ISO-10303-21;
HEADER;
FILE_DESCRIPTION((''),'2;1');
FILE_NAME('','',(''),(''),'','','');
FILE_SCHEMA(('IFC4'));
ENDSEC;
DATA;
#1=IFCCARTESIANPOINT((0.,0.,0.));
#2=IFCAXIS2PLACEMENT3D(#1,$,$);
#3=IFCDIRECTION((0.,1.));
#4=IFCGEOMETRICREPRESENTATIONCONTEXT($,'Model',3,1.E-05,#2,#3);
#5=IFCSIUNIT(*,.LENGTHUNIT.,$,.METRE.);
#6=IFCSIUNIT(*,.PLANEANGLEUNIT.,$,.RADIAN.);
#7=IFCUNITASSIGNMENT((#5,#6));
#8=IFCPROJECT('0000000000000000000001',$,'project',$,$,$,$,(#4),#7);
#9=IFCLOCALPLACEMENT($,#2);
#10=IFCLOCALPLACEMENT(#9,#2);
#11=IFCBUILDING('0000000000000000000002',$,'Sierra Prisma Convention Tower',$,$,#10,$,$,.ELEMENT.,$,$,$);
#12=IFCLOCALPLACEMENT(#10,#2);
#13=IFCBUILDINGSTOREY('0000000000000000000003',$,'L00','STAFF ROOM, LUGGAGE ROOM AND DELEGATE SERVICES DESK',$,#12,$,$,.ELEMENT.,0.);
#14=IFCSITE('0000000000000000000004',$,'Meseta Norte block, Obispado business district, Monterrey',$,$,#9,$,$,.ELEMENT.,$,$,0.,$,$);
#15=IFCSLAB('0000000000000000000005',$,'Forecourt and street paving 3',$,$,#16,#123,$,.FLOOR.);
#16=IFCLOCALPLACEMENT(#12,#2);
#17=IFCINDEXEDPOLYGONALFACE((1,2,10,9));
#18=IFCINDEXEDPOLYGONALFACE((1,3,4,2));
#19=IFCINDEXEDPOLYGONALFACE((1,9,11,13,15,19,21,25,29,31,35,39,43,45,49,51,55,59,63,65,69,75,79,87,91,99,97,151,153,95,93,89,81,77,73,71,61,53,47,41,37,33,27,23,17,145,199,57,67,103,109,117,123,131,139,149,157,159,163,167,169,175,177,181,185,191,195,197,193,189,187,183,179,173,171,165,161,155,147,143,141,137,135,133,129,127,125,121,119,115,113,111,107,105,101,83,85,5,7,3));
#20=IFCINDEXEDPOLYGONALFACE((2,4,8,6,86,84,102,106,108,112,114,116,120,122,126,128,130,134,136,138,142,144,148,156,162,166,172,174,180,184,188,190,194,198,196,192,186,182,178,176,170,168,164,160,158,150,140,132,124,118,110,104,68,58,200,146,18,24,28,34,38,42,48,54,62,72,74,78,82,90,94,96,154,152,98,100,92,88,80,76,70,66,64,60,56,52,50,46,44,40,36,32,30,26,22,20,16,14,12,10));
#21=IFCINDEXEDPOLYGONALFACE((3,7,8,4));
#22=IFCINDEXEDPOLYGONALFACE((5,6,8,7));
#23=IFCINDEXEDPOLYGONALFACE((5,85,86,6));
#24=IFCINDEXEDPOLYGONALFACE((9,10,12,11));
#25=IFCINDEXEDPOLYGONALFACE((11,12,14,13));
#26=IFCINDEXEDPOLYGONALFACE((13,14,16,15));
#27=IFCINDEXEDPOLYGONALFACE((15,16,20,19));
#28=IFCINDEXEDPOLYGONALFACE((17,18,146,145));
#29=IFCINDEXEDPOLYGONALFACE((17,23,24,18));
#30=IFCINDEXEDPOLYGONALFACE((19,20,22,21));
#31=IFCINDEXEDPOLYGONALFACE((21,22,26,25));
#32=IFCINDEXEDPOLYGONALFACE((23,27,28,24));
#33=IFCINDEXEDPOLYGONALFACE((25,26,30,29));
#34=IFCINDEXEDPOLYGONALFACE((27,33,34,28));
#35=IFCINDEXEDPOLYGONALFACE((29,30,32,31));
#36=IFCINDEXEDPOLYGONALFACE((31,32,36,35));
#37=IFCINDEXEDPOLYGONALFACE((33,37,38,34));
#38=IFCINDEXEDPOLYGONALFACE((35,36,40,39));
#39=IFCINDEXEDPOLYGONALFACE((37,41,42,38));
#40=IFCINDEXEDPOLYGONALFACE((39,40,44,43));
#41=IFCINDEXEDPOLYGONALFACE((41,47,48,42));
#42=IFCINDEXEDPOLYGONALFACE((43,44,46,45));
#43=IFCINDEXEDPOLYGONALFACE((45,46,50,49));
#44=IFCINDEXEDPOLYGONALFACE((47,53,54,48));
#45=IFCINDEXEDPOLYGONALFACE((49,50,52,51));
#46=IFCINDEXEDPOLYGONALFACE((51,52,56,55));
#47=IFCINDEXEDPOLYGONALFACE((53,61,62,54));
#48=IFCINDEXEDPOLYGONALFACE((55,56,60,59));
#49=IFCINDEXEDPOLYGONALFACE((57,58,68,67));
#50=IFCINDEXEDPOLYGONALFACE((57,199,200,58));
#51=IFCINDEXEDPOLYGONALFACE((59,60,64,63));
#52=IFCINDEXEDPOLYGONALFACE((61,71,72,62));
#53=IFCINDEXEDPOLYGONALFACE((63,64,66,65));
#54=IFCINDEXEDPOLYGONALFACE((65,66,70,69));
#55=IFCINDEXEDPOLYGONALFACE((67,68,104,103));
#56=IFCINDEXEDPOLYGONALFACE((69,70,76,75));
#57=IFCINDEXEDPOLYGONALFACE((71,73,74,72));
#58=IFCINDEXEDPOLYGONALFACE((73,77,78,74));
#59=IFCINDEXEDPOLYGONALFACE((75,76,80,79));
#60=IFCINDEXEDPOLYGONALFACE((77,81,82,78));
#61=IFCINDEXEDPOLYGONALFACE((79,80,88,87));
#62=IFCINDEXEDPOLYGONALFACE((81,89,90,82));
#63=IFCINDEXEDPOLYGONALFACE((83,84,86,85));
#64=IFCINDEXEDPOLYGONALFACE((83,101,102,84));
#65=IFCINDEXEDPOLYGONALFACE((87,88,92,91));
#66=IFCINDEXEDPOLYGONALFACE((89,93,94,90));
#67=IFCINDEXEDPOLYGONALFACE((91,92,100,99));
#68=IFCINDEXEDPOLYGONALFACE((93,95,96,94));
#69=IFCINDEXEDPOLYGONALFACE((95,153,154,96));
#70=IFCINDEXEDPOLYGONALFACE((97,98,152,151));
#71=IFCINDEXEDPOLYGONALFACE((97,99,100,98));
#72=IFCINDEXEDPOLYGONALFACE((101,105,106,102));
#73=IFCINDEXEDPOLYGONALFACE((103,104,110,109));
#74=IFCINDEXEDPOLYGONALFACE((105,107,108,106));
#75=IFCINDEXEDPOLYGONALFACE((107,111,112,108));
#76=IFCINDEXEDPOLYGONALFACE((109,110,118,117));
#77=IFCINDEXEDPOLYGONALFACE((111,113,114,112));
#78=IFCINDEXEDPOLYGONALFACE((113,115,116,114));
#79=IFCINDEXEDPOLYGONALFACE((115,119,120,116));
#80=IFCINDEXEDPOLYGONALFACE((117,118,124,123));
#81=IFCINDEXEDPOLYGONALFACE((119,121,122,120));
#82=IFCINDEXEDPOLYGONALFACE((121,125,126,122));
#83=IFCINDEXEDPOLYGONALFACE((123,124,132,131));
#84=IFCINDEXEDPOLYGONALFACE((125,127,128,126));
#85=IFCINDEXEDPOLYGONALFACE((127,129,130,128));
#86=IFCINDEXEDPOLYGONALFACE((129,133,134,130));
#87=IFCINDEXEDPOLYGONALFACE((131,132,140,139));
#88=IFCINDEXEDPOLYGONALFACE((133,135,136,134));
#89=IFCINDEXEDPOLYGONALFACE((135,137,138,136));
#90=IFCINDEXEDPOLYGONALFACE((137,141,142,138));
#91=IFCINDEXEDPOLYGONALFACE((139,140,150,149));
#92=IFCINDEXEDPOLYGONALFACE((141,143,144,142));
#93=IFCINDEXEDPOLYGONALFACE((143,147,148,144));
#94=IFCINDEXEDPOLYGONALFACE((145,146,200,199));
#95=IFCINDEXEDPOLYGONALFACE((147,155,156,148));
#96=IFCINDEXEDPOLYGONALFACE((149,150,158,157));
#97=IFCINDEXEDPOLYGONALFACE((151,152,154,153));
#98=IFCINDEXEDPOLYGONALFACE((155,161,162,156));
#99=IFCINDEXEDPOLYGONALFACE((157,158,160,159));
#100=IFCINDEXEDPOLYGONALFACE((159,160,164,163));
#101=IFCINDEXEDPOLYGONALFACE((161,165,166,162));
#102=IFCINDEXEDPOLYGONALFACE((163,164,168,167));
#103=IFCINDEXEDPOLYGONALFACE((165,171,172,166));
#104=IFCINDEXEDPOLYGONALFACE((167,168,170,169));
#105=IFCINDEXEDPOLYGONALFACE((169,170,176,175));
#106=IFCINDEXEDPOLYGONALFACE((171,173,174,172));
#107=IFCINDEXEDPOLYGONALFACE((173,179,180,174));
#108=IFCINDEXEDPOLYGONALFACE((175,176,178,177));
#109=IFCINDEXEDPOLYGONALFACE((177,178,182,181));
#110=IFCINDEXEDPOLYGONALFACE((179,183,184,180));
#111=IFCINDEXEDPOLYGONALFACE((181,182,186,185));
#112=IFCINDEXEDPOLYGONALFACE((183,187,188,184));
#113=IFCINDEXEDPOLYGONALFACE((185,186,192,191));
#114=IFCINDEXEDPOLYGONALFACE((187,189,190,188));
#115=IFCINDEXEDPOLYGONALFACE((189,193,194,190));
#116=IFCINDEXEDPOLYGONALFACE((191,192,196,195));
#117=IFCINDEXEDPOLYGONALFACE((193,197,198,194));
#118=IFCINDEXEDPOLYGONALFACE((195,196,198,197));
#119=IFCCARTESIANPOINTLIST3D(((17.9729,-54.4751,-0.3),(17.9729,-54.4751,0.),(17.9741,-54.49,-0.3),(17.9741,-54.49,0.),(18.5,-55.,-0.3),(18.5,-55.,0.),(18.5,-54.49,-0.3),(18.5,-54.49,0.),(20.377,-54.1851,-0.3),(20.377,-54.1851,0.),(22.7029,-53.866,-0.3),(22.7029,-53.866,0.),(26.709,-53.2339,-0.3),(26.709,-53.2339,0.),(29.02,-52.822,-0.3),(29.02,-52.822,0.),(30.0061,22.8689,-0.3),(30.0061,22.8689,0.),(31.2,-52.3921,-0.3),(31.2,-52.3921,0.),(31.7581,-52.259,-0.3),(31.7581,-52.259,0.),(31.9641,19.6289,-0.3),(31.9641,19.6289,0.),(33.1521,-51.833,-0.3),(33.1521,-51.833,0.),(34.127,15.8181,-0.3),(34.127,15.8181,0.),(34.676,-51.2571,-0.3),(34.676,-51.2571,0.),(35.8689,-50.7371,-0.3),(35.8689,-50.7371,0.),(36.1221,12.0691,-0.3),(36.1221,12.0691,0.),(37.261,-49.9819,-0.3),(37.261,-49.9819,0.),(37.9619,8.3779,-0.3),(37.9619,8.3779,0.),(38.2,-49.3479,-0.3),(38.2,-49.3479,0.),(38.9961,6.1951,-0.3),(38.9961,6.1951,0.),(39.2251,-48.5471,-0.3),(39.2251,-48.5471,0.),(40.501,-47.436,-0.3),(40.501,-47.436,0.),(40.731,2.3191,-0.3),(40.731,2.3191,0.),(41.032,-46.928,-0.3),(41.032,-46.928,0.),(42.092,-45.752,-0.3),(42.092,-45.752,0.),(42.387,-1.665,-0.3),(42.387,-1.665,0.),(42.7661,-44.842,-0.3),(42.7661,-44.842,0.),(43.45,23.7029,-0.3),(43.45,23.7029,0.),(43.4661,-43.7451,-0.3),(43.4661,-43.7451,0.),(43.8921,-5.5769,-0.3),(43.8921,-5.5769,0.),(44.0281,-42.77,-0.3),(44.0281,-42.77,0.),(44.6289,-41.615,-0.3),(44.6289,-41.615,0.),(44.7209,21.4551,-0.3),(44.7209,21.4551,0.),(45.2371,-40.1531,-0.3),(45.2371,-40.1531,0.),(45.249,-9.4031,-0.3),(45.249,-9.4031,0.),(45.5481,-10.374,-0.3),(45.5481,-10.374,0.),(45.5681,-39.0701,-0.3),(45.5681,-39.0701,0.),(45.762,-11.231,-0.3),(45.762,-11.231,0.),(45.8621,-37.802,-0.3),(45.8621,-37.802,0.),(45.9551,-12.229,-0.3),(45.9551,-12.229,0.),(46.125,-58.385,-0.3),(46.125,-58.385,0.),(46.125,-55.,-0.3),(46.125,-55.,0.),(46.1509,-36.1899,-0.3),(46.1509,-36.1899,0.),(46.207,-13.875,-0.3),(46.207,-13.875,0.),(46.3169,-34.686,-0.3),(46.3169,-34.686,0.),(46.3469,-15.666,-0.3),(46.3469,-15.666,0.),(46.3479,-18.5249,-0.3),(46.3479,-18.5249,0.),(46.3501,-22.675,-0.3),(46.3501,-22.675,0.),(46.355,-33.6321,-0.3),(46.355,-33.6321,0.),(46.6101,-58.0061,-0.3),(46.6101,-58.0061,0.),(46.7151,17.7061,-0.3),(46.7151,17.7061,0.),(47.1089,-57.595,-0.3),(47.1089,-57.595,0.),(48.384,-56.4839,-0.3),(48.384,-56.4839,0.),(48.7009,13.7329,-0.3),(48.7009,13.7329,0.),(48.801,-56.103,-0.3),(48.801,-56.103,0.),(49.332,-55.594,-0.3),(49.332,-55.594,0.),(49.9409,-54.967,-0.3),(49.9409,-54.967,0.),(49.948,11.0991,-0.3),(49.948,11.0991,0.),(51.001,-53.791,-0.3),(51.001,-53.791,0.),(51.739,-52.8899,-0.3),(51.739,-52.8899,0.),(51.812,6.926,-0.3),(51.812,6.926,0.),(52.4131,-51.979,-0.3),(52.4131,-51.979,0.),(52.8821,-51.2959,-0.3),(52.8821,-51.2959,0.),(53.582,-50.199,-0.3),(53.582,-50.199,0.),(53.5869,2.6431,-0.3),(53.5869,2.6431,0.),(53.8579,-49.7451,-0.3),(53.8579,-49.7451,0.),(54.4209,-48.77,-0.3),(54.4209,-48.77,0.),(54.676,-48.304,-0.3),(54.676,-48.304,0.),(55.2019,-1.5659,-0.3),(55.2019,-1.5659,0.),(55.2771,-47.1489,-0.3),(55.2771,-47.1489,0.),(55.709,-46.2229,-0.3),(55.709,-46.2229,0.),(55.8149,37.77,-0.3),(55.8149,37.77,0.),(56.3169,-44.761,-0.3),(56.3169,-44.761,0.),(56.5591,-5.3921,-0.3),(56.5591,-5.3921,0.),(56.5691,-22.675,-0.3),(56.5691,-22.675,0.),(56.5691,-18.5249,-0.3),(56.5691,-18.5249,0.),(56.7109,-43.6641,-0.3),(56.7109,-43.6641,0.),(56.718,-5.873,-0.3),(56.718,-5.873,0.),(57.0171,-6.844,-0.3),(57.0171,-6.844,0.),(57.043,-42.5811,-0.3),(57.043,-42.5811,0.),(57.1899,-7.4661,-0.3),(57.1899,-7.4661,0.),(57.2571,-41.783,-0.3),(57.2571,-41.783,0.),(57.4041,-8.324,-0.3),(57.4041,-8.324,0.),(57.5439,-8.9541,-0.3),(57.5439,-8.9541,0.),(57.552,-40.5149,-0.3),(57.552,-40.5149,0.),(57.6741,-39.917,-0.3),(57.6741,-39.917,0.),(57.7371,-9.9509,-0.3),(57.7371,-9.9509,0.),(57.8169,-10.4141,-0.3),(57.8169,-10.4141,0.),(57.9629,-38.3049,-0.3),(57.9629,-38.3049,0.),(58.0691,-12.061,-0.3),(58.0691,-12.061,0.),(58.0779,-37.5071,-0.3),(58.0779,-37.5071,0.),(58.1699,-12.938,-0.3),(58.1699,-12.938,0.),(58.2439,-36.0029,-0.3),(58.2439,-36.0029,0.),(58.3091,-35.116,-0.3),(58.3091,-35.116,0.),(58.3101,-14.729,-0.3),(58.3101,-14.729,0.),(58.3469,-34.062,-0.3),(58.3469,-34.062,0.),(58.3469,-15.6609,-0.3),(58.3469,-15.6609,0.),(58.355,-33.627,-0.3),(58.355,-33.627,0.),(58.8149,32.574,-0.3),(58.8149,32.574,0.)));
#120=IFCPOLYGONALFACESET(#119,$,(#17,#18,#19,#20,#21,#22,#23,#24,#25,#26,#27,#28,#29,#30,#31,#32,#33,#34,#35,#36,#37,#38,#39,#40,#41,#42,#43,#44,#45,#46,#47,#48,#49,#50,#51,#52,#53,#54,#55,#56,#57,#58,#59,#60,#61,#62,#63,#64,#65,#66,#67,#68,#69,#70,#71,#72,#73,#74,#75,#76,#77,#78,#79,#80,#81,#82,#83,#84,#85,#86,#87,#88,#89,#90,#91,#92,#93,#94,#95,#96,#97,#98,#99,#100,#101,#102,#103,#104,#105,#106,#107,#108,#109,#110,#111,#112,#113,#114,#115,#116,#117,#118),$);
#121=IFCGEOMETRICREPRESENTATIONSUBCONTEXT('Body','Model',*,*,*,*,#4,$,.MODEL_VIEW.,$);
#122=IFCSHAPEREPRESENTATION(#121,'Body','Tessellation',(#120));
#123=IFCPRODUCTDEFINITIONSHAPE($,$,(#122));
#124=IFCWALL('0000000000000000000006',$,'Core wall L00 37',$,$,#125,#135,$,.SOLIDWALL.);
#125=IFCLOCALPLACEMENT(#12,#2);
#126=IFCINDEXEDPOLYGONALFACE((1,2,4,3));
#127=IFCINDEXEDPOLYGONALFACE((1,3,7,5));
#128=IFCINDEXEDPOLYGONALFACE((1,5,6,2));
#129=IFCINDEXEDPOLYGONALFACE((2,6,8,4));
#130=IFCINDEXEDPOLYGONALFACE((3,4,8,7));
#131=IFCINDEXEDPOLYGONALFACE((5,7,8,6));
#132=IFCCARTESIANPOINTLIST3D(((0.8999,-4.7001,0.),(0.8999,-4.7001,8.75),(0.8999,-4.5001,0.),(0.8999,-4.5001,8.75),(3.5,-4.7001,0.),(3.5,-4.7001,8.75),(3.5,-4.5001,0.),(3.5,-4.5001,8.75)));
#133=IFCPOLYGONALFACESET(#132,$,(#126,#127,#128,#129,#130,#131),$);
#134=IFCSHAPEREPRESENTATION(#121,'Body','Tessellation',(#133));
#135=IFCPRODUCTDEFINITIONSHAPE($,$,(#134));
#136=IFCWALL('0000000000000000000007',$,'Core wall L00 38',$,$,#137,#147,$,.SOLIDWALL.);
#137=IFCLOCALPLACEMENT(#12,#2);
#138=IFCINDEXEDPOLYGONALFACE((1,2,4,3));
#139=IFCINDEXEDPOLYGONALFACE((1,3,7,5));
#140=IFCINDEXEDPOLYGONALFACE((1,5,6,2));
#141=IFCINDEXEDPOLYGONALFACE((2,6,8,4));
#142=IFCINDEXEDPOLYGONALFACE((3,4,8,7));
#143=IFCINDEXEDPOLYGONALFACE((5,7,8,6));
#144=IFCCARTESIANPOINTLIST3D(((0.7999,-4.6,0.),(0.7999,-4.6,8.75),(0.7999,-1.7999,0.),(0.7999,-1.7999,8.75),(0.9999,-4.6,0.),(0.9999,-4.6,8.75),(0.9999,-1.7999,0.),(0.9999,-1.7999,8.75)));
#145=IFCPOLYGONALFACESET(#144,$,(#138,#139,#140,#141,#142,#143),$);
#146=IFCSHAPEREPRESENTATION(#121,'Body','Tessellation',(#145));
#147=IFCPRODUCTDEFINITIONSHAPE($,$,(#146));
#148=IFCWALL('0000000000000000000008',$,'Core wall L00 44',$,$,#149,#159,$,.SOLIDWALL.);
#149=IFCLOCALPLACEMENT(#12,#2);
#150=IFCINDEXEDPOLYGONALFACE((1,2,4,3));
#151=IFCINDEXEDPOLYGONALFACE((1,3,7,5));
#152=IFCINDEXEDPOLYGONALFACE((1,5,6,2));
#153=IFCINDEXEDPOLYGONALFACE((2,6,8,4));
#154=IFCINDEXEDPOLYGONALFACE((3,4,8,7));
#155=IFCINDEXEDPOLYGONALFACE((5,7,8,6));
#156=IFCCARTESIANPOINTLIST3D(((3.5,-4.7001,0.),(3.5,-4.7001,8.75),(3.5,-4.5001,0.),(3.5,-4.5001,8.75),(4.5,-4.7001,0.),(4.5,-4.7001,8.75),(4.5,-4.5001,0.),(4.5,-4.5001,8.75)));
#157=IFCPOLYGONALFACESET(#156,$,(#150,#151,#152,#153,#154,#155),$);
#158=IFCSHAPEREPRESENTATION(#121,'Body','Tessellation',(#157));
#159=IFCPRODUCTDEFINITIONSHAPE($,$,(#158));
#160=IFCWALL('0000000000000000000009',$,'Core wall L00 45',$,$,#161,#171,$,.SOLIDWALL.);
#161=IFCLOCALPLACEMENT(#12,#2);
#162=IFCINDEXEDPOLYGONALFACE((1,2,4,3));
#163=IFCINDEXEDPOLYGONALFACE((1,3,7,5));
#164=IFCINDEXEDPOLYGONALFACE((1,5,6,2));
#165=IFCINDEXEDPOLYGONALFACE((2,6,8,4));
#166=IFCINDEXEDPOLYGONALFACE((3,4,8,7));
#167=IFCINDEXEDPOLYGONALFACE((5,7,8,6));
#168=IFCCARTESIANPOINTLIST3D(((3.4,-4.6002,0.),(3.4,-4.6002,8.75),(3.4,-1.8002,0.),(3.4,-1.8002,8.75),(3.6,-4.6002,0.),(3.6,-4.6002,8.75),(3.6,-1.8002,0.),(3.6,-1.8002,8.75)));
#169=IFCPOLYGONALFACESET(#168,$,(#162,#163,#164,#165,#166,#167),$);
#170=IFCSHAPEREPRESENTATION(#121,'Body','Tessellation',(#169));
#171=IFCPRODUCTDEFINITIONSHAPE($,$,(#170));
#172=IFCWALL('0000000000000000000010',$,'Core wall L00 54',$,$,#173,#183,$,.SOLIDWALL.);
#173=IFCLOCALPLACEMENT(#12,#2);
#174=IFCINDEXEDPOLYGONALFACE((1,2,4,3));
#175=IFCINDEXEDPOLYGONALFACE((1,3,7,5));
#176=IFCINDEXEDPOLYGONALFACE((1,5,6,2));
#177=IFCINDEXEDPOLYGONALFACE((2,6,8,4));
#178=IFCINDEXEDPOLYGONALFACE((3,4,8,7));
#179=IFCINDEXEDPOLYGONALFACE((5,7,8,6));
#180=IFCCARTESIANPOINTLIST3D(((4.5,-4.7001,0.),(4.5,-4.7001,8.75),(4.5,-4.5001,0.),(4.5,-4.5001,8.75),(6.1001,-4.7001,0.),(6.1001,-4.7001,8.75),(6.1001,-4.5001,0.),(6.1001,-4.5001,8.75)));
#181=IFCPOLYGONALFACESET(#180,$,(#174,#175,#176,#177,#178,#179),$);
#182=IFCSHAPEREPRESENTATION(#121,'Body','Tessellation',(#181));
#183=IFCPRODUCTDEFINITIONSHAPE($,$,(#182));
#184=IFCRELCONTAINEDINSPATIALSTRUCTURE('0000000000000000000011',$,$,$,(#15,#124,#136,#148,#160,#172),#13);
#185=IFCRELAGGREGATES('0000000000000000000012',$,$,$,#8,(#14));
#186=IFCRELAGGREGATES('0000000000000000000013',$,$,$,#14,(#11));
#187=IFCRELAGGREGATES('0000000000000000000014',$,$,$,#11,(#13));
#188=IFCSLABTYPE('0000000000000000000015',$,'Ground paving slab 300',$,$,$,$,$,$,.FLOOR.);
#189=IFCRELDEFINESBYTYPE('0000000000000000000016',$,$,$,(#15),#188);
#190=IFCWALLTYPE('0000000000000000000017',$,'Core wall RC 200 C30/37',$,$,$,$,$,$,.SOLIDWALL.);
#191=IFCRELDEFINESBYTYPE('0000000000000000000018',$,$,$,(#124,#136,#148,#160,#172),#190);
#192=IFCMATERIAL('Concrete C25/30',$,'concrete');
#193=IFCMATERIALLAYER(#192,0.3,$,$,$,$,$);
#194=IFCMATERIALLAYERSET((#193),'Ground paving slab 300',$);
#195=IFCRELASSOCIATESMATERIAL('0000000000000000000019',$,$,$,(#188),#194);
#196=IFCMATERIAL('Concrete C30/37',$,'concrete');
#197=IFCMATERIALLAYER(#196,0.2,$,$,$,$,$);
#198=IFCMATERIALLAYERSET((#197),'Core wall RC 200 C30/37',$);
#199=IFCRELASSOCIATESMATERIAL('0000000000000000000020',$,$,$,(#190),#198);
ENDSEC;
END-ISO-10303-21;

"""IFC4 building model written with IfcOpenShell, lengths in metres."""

from ifc_helpers import new_model, si_unit, direction, frame, frame_2d, origin, place, context, subcontext, project, spatial, polyline, rectangle, outline, extrude, material, layer, layer_set, type_object, element, save


model = new_model("IFC4")

# Units and contexts
model_context = context("Model", 3, precision=1e-05, world=origin(), true_north=direction((0.0, 1.0)))
body_context = subcontext(model_context, "Body", "Model", "MODEL_VIEW")
ifc_project = project(units=[si_unit("LENGTHUNIT", "METRE"), si_unit("PLANEANGLEUNIT", "RADIAN")], contexts=[model_context])

# Site, building, storey
site_placement = place(None, origin())
site = spatial("IfcSite", under=ifc_project, at=site_placement, Name="Meseta Norte block, Obispado business district, Monterrey", CompositionType="ELEMENT", RefElevation=0.0)
building_placement = place(site_placement, origin())
building = spatial("IfcBuilding", under=site, at=building_placement, Name="Sierra Prisma Convention Tower", CompositionType="ELEMENT")
storey_placement = place(building_placement, origin())
storey = spatial("IfcBuildingStorey", under=building, at=storey_placement, Name="L00", Description="STAFF ROOM, LUGGAGE ROOM AND DELEGATE SERVICES DESK", CompositionType="ELEMENT", Elevation=0.0)

# Slab
ifc_material_1 = material(Name="Concrete C25/30", Category="concrete")
ifc_layer_1 = layer(ifc_material_1, 0.3)
ifc_layer_set_1 = layer_set([ifc_layer_1], Name="Ground paving slab 300")
slab_type = type_object("IfcSlabType", Name="Ground paving slab 300", PredefinedType="FLOOR", material=ifc_layer_set_1)
slab_1_placement = place(storey_placement, frame((0.0, 0.0, -0.3)))
element("IfcSlab", 1, at=slab_1_placement, inside=storey, type_object=slab_type, Name="Forecourt and street paving 3", PredefinedType="FLOOR", context=body_context, shape_type="SweptSolid", body=[
    extrude(outline(polyline([(43.45, 23.7029), (58.8149, 32.574), (55.8149, 37.77), (30.0061, 22.8689), (31.9641, 19.6289), (34.127, 15.8181), (36.1221, 12.0691), (37.9619, 8.3779), (38.9961, 6.1951), (40.731, 2.3191), (42.387, -1.665), (43.8921, -5.5769), (45.249, -9.4031), (45.5481, -10.374), (45.762, -11.231), (45.9551, -12.229), (46.207, -13.875), (46.3469, -15.666), (46.3479, -18.5249), (56.5691, -18.5249), (56.5691, -22.675), (46.3501, -22.675), (46.355, -33.6321), (46.3169, -34.686), (46.1509, -36.1899), (45.8621, -37.802), (45.5681, -39.0701), (45.2371, -40.1531), (44.6289, -41.615), (44.0281, -42.77), (43.4661, -43.7451), (42.7661, -44.842), (42.092, -45.752), (41.032, -46.928), (40.501, -47.436), (39.2251, -48.5471), (38.2, -49.3479), (37.261, -49.9819), (35.8689, -50.7371), (34.676, -51.2571), (33.1521, -51.833), (31.7581, -52.259), (31.2, -52.3921), (29.02, -52.822), (26.709, -53.2339), (22.7029, -53.866), (20.377, -54.1851), (17.9729, -54.4751), (17.9741, -54.49), (18.5, -54.49), (18.5, -55.0), (46.125, -55.0), (46.125, -58.385), (46.6101, -58.0061), (47.1089, -57.595), (48.384, -56.4839), (48.801, -56.103), (49.332, -55.594), (49.9409, -54.967), (51.001, -53.791), (51.739, -52.8899), (52.4131, -51.979), (52.8821, -51.2959), (53.582, -50.199), (53.8579, -49.7451), (54.4209, -48.77), (54.676, -48.304), (55.2771, -47.1489), (55.709, -46.2229), (56.3169, -44.761), (56.7109, -43.6641), (57.043, -42.5811), (57.2571, -41.783), (57.552, -40.5149), (57.6741, -39.917), (57.9629, -38.3049), (58.0779, -37.5071), (58.2439, -36.0029), (58.3091, -35.116), (58.3469, -34.062), (58.355, -33.627), (58.3469, -15.6609), (58.3101, -14.729), (58.1699, -12.938), (58.0691, -12.061), (57.8169, -10.4141), (57.7371, -9.9509), (57.5439, -8.9541), (57.4041, -8.324), (57.1899, -7.4661), (57.0171, -6.844), (56.718, -5.873), (56.5591, -5.3921), (55.2019, -1.5659), (53.5869, 2.6431), (51.812, 6.926), (49.948, 11.0991), (48.7009, 13.7329), (46.7151, 17.7061), (44.7209, 21.4551), (43.45, 23.7029)])), origin(), (0.0, 0.0, 1.0), 0.3),
])

# Shared definitions
ifc_material_2 = material(Name="Concrete C30/37", Category="concrete")
ifc_layer_2 = layer(ifc_material_2, 0.2)
ifc_layer_set_2 = layer_set([ifc_layer_2], Name="Core wall RC 200 C30/37")
wall_type = type_object("IfcWallType", Name="Core wall RC 200 C30/37", PredefinedType="SOLIDWALL", material=ifc_layer_set_2)

# Walls
wall_1_placement = place(storey_placement, frame((3.5, -4.6001, 0.0), z_axis=(0.0, 0.0, 1.0), x_axis=(-1.0, 0.0, 0.0)))
element("IfcWall", 2, at=wall_1_placement, inside=storey, type_object=wall_type, Name="Core wall L00 37", PredefinedType="SOLIDWALL", context=body_context, shape_type="SweptSolid", body=[
    extrude(rectangle(XDim=2.6001, YDim=0.2, at=frame_2d((1.3, 0.0))), origin(), (0.0, 0.0, 1.0), 8.75),
])
wall_2_placement = place(storey_placement, frame((0.8999, -1.8, 0.0), z_axis=(0.0, 0.0, 1.0), x_axis=(0.0, -1.0, 0.0)))
element("IfcWall", 3, at=wall_2_placement, inside=storey, type_object=wall_type, Name="Core wall L00 38", PredefinedType="SOLIDWALL", context=body_context, shape_type="SweptSolid", body=[
    extrude(rectangle(XDim=2.8, YDim=0.2, at=frame_2d((1.3999, 0.0))), origin(), (0.0, 0.0, 1.0), 8.75),
])

# Walls
wall_3_placement = place(storey_placement, frame((4.5, -4.6001, 0.0), z_axis=(0.0, 0.0, 1.0), x_axis=(-1.0, 0.0, 0.0)))
element("IfcWall", 4, at=wall_3_placement, inside=storey, type_object=wall_type, Name="Core wall L00 44", PredefinedType="SOLIDWALL", context=body_context, shape_type="SweptSolid", body=[
    extrude(rectangle(XDim=1.0, YDim=0.2, at=frame_2d((0.5, 0.0))), origin(), (0.0, 0.0, 1.0), 8.75),
])
wall_4_placement = place(storey_placement, frame((3.5, -4.6001, 0.0), z_axis=(0.0, 0.0, 1.0), x_axis=(0.0, 1.0, 0.0)))
element("IfcWall", 5, at=wall_4_placement, inside=storey, type_object=wall_type, Name="Core wall L00 45", PredefinedType="SOLIDWALL", context=body_context, shape_type="SweptSolid", body=[
    extrude(rectangle(XDim=2.8, YDim=0.2, at=frame_2d((1.3999, 0.0))), origin(), (0.0, 0.0, 1.0), 8.75),
])

# Wall
wall_5_placement = place(storey_placement, frame((4.5, -4.6001, 0.0), z_axis=(0.0, 0.0, 1.0), x_axis=(1.0, 0.0, 0.0)))
element("IfcWall", 6, at=wall_5_placement, inside=storey, type_object=wall_type, Name="Core wall L00 54", PredefinedType="SOLIDWALL", context=body_context, shape_type="SweptSolid", body=[
    extrude(rectangle(XDim=1.6001, YDim=0.2, at=frame_2d((0.8, 0.0))), origin(), (0.0, 0.0, 1.0), 8.75),
])

save(model, "model.ifc")
